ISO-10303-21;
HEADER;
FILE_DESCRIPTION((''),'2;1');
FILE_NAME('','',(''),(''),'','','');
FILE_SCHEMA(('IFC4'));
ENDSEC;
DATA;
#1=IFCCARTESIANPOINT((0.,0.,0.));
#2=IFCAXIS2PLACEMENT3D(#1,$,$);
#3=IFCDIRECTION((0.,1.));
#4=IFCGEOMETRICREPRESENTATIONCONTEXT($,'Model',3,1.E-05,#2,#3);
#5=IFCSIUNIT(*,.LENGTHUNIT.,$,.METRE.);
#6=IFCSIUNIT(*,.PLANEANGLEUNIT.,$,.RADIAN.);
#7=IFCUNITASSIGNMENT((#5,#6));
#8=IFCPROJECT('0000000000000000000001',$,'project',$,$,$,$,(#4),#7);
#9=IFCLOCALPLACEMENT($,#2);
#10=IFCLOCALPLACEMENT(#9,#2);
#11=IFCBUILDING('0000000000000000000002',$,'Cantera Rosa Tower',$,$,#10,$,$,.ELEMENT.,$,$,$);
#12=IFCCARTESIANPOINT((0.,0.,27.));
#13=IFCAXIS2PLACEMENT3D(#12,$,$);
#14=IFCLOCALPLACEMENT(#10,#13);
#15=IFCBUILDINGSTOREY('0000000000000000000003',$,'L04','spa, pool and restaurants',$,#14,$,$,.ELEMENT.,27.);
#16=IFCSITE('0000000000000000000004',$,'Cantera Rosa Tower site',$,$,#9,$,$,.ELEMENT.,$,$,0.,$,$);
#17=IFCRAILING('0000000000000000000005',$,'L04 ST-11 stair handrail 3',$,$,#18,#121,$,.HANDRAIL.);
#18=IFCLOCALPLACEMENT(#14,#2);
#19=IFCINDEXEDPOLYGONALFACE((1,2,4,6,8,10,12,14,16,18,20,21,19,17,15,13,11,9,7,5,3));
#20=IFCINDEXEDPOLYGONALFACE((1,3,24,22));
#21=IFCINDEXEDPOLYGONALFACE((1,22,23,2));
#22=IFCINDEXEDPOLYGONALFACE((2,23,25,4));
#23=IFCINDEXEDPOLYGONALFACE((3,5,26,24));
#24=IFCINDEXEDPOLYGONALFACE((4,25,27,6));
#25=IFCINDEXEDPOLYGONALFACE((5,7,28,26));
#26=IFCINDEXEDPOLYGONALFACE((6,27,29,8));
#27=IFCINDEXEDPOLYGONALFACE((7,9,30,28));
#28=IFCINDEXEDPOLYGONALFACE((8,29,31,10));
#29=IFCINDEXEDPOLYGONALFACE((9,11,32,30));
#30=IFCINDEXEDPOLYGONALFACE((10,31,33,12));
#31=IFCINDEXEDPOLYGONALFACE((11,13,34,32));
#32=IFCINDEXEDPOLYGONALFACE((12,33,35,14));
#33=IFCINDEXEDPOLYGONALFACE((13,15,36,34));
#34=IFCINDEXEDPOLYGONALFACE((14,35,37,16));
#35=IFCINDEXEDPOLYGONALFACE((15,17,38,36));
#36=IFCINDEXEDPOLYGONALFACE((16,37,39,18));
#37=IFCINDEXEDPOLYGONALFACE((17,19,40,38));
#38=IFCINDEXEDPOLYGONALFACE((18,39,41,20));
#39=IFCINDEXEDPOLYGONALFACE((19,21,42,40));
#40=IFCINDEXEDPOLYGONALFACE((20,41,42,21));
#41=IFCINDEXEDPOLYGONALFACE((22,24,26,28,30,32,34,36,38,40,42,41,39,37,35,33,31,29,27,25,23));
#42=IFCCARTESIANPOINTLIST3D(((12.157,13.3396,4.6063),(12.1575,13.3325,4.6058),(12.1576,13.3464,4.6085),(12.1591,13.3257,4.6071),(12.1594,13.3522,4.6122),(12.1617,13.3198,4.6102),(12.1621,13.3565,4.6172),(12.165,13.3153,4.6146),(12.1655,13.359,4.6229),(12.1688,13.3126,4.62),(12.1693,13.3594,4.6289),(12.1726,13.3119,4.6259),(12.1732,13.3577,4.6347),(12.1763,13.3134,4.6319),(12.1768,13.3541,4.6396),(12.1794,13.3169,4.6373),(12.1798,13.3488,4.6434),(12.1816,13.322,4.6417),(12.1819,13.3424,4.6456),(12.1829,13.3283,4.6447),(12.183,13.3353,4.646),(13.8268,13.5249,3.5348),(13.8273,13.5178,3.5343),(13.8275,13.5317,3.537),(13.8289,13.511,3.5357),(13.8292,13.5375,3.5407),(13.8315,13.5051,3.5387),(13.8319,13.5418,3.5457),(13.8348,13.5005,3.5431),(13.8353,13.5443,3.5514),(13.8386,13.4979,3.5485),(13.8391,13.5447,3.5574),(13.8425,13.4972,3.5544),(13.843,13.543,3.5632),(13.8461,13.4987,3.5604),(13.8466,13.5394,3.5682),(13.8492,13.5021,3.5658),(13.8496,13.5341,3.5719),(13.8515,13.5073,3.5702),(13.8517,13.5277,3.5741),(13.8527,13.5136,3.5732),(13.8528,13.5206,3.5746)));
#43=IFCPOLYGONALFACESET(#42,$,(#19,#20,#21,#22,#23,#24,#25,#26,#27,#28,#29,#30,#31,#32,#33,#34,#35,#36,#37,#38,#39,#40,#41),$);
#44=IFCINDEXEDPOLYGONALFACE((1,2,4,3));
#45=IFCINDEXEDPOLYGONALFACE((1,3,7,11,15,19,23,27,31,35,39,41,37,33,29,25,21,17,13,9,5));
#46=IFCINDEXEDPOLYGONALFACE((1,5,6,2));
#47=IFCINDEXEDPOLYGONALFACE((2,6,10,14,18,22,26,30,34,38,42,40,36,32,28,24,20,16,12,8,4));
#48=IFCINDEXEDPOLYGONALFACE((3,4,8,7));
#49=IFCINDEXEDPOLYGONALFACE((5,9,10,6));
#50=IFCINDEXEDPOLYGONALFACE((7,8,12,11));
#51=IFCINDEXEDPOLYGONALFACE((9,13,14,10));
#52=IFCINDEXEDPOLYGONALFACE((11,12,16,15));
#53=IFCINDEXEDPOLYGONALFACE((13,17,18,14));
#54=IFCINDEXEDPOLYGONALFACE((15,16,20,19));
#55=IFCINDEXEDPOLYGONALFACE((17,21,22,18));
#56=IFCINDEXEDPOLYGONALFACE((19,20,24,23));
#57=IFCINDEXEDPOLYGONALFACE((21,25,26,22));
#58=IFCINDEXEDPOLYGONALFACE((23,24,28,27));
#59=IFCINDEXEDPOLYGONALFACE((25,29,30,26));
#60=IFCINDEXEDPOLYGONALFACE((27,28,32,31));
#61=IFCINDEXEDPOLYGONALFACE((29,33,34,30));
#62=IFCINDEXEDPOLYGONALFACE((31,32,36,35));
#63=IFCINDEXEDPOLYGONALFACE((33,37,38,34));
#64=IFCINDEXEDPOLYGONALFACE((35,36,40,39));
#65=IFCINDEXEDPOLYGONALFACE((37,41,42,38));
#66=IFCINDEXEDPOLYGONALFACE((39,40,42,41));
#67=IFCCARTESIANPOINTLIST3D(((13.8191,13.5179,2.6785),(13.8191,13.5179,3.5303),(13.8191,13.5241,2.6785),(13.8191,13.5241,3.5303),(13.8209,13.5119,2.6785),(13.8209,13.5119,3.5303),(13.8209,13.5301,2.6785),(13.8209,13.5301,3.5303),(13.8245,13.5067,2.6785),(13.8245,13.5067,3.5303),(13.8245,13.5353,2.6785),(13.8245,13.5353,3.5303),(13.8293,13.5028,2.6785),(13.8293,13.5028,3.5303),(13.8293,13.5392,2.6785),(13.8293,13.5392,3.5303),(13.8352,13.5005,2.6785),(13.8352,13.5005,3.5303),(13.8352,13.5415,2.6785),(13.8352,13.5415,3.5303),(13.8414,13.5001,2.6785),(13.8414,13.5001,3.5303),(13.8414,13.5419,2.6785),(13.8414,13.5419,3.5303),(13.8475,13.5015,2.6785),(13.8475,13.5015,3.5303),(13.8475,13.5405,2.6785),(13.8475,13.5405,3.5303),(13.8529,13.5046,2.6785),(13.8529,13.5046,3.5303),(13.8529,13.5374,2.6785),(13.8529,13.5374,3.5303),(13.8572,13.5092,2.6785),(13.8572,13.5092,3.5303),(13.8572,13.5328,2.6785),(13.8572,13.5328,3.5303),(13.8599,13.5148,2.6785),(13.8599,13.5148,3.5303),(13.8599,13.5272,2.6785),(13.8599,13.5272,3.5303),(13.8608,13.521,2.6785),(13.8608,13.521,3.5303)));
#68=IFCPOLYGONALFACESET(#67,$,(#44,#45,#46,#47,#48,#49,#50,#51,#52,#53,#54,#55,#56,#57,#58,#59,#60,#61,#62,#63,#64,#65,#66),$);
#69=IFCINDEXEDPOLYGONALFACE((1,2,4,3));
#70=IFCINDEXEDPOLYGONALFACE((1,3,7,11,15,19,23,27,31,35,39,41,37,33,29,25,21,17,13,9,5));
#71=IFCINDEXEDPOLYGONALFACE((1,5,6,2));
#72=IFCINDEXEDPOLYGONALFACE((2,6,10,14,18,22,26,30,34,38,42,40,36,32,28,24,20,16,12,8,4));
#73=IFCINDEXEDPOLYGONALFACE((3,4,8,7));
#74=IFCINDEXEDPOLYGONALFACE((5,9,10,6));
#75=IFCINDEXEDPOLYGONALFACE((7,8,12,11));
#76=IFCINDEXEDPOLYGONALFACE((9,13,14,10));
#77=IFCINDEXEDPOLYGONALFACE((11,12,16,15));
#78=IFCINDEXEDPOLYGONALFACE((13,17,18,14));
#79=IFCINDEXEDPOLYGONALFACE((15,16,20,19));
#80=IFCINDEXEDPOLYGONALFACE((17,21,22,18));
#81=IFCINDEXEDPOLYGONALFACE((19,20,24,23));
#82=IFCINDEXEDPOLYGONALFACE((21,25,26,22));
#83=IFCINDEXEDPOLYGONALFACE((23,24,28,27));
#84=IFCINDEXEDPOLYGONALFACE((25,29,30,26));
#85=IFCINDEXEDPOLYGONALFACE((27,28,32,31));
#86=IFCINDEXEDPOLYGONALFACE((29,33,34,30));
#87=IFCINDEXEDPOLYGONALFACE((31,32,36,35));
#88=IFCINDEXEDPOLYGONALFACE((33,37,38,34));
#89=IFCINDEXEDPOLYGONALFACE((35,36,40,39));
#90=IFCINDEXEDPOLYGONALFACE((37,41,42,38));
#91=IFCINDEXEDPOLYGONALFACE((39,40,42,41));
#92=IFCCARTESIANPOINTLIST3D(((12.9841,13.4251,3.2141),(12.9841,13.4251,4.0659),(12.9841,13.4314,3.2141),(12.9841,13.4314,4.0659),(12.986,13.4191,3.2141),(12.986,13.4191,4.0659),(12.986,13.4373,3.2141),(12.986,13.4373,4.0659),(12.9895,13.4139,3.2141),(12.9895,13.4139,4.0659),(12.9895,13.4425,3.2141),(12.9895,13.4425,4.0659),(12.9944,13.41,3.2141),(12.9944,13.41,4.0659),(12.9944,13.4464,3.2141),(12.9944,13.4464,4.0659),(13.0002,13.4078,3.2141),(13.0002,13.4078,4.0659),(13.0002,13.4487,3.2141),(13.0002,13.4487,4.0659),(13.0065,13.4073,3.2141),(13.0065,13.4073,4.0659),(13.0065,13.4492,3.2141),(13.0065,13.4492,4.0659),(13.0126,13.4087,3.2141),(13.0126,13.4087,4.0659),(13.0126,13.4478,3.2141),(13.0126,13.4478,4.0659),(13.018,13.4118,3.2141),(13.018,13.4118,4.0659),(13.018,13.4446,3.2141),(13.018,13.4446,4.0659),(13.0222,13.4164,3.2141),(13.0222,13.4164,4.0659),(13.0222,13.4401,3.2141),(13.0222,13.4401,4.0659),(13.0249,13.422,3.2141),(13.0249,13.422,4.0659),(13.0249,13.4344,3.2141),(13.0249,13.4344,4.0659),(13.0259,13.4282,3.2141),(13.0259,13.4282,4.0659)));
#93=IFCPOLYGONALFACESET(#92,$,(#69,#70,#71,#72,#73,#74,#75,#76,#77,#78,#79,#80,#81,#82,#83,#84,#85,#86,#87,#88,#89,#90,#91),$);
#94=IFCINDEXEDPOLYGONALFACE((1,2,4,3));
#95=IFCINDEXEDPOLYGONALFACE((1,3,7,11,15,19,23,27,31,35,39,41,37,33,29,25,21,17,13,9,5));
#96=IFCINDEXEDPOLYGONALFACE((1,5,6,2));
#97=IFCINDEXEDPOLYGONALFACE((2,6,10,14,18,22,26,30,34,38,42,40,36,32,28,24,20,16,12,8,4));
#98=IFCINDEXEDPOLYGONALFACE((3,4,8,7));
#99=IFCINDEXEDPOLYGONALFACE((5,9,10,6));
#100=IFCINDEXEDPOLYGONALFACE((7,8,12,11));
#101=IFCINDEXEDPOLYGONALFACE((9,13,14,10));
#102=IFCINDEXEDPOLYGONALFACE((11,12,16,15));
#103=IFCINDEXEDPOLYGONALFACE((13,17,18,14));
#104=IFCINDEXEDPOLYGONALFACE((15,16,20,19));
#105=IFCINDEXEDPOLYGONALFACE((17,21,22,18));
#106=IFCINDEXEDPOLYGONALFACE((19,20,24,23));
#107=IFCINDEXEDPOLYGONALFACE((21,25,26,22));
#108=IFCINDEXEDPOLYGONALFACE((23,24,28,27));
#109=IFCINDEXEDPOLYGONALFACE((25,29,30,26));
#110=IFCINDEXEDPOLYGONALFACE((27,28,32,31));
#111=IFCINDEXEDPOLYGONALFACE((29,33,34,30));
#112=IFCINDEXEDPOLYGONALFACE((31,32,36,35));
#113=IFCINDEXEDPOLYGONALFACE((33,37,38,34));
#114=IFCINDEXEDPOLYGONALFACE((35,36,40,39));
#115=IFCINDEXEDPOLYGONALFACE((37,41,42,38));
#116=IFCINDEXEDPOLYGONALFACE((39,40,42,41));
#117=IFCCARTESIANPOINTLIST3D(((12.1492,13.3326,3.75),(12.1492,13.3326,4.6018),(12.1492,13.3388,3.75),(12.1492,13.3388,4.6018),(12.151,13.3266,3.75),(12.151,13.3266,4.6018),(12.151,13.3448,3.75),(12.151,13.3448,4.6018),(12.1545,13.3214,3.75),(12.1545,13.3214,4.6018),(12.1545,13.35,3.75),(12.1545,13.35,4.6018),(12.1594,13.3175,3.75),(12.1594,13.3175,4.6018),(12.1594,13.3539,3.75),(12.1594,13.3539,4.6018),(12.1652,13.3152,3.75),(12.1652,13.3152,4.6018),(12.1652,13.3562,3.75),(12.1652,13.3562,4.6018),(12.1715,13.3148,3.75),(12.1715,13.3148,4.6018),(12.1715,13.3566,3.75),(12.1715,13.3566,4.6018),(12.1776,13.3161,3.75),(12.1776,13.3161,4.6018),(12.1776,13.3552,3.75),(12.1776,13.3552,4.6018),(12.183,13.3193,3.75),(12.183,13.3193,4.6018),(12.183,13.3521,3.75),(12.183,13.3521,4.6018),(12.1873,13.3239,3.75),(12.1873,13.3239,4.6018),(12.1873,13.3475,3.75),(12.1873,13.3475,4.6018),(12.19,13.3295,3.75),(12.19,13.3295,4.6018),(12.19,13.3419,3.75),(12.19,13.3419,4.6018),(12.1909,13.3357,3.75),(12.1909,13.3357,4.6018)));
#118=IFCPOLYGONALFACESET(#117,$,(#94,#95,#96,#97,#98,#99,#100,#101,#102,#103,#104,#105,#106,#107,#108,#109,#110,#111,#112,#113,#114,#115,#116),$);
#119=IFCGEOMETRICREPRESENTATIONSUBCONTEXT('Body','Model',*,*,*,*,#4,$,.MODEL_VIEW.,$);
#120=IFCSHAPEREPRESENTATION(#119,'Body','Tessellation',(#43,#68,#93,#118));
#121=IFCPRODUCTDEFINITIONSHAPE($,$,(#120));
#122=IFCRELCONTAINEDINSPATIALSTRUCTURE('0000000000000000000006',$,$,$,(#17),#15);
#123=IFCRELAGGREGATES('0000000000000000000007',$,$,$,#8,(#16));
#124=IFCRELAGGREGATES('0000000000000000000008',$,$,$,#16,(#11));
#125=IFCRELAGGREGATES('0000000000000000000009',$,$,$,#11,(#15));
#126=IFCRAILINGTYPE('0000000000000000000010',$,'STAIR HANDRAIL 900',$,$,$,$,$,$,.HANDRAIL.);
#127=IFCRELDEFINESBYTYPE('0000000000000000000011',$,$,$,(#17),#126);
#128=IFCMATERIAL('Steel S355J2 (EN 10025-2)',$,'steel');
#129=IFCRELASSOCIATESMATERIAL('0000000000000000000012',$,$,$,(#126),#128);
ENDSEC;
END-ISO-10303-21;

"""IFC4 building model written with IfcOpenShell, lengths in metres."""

from ifc_helpers import new_model, si_unit, direction, frame, origin, origin_2d, place, context, subcontext, project, spatial, circle, extrude, material, type_object, element, save


model = new_model("IFC4")

# Units and contexts
model_context = context("Model", 3, precision=1e-05, world=origin(), true_north=direction((0.0, 1.0)))
body_context = subcontext(model_context, "Body", "Model", "MODEL_VIEW")
ifc_project = project(units=[si_unit("LENGTHUNIT", "METRE"), si_unit("PLANEANGLEUNIT", "RADIAN")], contexts=[model_context])

# Site, building, storey
site_placement = place(None, origin())
site = spatial("IfcSite", under=ifc_project, at=site_placement, Name="Cantera Rosa Tower site", CompositionType="ELEMENT", RefElevation=0.0)
building_placement = place(site_placement, origin())
building = spatial("IfcBuilding", under=site, at=building_placement, Name="Cantera Rosa Tower", CompositionType="ELEMENT")
storey_placement = place(building_placement, frame((0.0, 0.0, 27.0)))
storey = spatial("IfcBuildingStorey", under=building, at=storey_placement, Name="L04", Description="spa, pool and restaurants", CompositionType="ELEMENT", Elevation=27.0)

# Railing
ifc_material_1 = material(Name="Steel S355J2 (EN 10025-2)", Category="steel")
railing_type_1 = type_object("IfcRailingType", Name="STAIR HANDRAIL 900", PredefinedType="HANDRAIL", material=ifc_material_1)
railing_1_placement = place(storey_placement, frame((13.8398, 13.521, 2.6785)))
element("IfcRailing", 1, at=railing_1_placement, inside=storey, type_object=railing_type_1, Name="L04 ST-11 stair handrail 3", PredefinedType="HANDRAIL", context=body_context, shape_type="SweptSolid", body=[
    extrude(circle(Radius=0.0239, at=origin_2d()), frame((0.0, 0.0, 0.876), z_axis=(-0.837987, -0.092987, 0.537709), x_axis=(0.110288, -0.9939, 0.0)), (0.0, 0.0, 1.0), 1.9927),
    extrude(circle(Radius=0.021, at=origin_2d()), origin(), (0.0, 0.0, 1.0), 0.8518),
    extrude(circle(Radius=0.021, at=origin_2d()), frame((-0.835, -0.0928, 0.5356)), (0.0, 0.0, 1.0), 0.8518),
    extrude(circle(Radius=0.021, at=origin_2d()), frame((-1.6699, -0.1853, 1.0715)), (0.0, 0.0, 1.0), 0.8518),
])

save(model, "model.ifc")
